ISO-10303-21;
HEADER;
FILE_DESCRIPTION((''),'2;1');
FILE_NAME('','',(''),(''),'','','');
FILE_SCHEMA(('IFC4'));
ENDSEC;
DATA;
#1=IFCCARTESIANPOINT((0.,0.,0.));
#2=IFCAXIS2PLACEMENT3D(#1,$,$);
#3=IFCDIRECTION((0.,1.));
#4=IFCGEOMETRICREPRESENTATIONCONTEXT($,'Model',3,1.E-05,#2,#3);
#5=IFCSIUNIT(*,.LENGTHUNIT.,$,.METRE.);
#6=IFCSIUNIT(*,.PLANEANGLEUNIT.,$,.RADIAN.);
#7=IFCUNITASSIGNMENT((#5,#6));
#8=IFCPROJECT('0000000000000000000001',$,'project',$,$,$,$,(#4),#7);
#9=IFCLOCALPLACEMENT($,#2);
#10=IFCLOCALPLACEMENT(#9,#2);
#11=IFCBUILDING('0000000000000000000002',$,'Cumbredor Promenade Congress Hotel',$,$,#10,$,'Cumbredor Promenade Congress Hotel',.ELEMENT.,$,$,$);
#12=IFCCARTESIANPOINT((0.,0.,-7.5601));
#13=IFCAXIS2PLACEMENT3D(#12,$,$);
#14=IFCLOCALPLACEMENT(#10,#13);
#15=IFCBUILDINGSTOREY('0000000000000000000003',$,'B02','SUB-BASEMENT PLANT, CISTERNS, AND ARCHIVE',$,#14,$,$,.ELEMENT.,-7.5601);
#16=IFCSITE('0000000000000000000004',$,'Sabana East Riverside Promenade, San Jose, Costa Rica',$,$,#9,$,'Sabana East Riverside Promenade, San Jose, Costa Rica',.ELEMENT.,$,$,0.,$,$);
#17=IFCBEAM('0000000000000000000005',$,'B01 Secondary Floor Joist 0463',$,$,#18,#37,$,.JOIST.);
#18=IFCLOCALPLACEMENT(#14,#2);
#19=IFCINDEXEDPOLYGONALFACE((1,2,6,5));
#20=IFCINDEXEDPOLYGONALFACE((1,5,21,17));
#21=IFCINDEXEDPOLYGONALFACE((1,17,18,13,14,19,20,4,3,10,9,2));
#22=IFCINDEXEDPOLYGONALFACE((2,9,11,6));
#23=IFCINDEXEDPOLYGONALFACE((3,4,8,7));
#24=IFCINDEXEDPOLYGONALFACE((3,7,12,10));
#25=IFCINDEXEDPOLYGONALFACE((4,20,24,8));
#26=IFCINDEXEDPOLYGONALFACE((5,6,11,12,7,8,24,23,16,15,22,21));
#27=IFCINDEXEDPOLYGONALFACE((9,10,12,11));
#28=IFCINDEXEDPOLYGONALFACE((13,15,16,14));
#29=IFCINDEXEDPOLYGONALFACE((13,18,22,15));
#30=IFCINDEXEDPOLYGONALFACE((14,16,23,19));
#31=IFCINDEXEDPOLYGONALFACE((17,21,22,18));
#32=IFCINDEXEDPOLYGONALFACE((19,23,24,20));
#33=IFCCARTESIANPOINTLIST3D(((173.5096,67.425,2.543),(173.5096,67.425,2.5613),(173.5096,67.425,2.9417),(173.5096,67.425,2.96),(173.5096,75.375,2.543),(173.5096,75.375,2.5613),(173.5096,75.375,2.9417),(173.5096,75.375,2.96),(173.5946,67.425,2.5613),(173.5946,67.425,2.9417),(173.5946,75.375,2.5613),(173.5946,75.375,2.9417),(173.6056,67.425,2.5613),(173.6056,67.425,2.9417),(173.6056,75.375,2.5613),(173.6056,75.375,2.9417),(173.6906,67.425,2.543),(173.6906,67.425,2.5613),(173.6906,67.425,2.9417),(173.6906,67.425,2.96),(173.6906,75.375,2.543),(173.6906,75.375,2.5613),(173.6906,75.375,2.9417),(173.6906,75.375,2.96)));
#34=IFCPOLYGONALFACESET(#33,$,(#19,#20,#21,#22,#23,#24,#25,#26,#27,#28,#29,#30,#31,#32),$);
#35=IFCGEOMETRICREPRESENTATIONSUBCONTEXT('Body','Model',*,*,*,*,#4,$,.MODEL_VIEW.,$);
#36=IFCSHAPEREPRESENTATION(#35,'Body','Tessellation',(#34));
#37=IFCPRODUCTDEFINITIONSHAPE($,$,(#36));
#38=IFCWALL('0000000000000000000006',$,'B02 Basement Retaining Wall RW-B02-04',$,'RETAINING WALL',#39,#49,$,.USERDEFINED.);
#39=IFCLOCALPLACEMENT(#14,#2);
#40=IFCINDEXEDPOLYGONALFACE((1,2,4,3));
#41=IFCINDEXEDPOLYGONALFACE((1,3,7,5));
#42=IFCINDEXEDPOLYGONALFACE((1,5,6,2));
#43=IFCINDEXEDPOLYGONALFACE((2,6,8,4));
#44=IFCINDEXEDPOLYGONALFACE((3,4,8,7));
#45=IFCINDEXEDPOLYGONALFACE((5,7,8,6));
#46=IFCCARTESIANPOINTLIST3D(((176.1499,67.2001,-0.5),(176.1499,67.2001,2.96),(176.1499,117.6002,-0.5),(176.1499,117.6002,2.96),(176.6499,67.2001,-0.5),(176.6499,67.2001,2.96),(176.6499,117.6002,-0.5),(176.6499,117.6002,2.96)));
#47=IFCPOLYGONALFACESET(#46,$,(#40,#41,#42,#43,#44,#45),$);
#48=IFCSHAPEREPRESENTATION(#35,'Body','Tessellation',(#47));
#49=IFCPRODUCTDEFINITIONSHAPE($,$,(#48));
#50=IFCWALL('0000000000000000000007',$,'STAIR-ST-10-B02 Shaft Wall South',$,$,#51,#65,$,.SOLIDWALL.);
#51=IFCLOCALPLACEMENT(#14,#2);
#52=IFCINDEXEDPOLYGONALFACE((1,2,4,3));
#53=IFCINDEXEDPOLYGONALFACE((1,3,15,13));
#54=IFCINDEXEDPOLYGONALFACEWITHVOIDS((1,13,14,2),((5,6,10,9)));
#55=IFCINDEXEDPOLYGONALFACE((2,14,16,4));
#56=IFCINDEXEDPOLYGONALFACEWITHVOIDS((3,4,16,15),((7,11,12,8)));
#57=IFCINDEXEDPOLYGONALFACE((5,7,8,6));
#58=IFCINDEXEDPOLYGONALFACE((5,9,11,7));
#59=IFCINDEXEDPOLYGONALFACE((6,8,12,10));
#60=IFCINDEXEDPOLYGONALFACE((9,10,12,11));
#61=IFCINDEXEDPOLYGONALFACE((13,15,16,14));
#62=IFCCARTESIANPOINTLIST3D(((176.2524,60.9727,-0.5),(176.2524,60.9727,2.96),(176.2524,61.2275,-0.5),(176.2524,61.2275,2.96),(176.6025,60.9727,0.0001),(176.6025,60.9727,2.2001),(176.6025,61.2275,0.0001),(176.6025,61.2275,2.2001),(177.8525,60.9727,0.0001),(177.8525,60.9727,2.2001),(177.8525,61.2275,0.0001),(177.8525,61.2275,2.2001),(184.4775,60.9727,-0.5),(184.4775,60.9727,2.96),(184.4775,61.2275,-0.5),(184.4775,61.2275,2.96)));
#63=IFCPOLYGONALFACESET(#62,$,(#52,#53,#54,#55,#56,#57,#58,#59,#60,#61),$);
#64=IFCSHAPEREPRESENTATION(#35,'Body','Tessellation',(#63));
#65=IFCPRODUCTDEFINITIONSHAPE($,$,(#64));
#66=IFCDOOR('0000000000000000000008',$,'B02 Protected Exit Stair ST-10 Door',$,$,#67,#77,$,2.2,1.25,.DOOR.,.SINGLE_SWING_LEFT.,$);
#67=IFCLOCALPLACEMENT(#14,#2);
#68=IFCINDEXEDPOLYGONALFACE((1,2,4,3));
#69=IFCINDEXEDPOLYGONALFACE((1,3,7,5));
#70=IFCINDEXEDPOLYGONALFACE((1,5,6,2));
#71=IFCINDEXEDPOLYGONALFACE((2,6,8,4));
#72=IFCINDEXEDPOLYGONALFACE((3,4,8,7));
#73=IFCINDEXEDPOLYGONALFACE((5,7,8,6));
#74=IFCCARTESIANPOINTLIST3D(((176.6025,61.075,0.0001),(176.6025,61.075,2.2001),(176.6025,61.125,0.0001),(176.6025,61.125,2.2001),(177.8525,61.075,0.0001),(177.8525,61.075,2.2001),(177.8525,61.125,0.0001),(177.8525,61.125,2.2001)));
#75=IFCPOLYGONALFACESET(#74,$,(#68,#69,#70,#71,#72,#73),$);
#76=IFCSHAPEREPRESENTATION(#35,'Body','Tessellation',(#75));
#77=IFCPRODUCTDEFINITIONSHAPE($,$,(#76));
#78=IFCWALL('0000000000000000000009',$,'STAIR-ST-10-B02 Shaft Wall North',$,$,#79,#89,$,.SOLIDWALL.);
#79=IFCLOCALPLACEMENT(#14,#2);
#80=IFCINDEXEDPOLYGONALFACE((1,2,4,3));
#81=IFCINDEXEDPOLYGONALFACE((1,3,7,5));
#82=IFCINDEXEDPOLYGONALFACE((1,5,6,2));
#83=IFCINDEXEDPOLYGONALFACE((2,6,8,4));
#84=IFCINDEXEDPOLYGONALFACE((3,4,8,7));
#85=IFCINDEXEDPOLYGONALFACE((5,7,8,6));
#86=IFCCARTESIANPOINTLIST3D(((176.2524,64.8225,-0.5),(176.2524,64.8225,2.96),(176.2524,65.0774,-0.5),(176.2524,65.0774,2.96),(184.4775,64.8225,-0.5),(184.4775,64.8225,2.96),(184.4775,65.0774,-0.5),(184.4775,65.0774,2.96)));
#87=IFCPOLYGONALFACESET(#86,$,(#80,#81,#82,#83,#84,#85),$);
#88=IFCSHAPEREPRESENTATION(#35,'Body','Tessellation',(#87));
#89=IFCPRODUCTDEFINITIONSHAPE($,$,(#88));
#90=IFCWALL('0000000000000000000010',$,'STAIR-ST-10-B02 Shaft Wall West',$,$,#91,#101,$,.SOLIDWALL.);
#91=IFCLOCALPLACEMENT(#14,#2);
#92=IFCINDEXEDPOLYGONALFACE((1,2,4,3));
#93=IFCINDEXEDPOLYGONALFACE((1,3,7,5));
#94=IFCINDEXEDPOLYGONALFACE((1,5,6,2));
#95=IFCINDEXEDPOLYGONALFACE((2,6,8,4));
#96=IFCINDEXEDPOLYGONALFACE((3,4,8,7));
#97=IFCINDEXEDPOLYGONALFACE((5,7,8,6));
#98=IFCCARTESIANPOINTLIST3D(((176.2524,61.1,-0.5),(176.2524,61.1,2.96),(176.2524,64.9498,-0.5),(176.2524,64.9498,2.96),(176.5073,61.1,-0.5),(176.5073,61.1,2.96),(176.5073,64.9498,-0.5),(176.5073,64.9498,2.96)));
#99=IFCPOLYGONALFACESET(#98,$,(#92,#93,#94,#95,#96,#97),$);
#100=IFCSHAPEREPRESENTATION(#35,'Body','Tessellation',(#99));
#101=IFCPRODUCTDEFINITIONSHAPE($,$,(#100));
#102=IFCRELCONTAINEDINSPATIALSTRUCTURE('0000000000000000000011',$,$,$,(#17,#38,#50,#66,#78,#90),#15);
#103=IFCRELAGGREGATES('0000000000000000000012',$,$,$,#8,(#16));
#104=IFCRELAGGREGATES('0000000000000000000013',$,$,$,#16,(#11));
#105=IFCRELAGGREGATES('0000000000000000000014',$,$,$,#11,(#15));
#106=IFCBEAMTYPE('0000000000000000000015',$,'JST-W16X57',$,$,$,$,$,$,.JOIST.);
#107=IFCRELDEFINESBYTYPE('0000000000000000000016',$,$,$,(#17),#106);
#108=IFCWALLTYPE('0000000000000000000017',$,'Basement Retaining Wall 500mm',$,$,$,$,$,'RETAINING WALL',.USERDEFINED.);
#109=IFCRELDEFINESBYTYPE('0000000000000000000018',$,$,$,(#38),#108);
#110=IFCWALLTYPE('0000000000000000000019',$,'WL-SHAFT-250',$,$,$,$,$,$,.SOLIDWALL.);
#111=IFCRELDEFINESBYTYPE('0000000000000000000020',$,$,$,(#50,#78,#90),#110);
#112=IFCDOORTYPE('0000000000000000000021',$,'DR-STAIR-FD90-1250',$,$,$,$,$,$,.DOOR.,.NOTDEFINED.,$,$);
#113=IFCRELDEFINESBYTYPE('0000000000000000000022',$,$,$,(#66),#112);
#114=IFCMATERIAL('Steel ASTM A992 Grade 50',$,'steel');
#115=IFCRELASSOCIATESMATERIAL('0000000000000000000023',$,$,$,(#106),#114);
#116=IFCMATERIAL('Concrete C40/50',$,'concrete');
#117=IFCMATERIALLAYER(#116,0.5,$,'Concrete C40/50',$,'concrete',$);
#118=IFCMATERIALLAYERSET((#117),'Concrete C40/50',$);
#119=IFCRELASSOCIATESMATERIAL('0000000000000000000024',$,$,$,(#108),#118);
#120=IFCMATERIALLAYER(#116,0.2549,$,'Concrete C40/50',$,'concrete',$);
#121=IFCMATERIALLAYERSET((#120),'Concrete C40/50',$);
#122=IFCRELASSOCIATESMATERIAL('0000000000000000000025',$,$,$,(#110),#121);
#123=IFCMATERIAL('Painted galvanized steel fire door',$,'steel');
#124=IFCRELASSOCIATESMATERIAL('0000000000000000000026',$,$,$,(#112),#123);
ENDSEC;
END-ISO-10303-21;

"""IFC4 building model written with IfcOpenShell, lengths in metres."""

from ifc_helpers import new_model, si_unit, direction, frame, frame_2d, origin, origin_2d, place, context, subcontext, project, spatial, rectangle, i_section, extrude, material, layer, layer_set, material_profile, profile_set, type_object, element, fill, save


model = new_model("IFC4")

# Units and contexts
model_context = context("Model", 3, precision=1e-05, world=origin(), true_north=direction((0.0, 1.0)))
body_context = subcontext(model_context, "Body", "Model", "MODEL_VIEW")
ifc_project = project(units=[si_unit("LENGTHUNIT", "METRE"), si_unit("PLANEANGLEUNIT", "RADIAN")], contexts=[model_context])

# Site, building, storey
site_placement = place(None, origin())
site = spatial("IfcSite", under=ifc_project, at=site_placement, Name="Sabana East Riverside Promenade, San Jose, Costa Rica", LongName="Sabana East Riverside Promenade, San Jose, Costa Rica", CompositionType="ELEMENT", RefElevation=0.0)
building_placement = place(site_placement, origin())
building = spatial("IfcBuilding", under=site, at=building_placement, Name="Cumbredor Promenade Congress Hotel", LongName="Cumbredor Promenade Congress Hotel", CompositionType="ELEMENT")
storey_placement = place(building_placement, frame((0.0, 0.0, -7.5601)))
storey = spatial("IfcBuildingStorey", under=building, at=storey_placement, Name="B02", Description="SUB-BASEMENT PLANT, CISTERNS, AND ARCHIVE", CompositionType="ELEMENT", Elevation=-7.5601)

# Shared definitions
ifc_material_1 = material(Name="Concrete C40/50", Category="concrete")

# Beam
ifc_material_2 = material(Name="Steel ASTM A992 Grade 50", Category="steel")
ifc_material_profile_1 = material_profile(ifc_material_2, i_section(OverallWidth=0.1809, OverallDepth=0.417, WebThickness=0.011, FlangeThickness=0.0183, at=origin_2d()), Name="W16X57")
ifc_profile_set_1 = profile_set([ifc_material_profile_1], Name="Steel ASTM A992 Grade 50")
beam_type_1 = type_object("IfcBeamType", Name="JST-W16X57", PredefinedType="JOIST", material=ifc_profile_set_1)
for number, where, z_axis, x_axis, name in (
    (1, (173.6001, 67.425, 2.7515), (0.0, 1.0, 0.0), (-1.0, 0.0, 0.0), "B01 Secondary Floor Joist 0463"),
):
    element("IfcBeam", number, at=place(storey_placement, frame(where, z_axis=z_axis, x_axis=x_axis)), inside=storey, type_object=beam_type_1, Name=name, PredefinedType="JOIST", context=body_context, shape_type="SweptSolid", body=[
        extrude(i_section(OverallWidth=0.1809, OverallDepth=0.417, WebThickness=0.011, FlangeThickness=0.0183, at=origin_2d()), origin(), (0.0, 0.0, 1.0), 7.95),
    ])

# Wall
ifc_layer_1 = layer(ifc_material_1, 0.5, Name="Concrete C40/50", Category="concrete")
ifc_layer_set_1 = layer_set([ifc_layer_1], Name="Concrete C40/50")
wall_type_1 = type_object("IfcWallType", Name="Basement Retaining Wall 500mm", ElementType="RETAINING WALL", PredefinedType="USERDEFINED", material=ifc_layer_set_1)
wall_1_placement = place(storey_placement, frame((176.3999, 67.2, -0.5), z_axis=(0.0, 0.0, 1.0), x_axis=(0.0, 1.0, 0.0)))
element("IfcWall", 2, at=wall_1_placement, inside=storey, type_object=wall_type_1, Name="B02 Basement Retaining Wall RW-B02-04", ObjectType="RETAINING WALL", PredefinedType="USERDEFINED", context=body_context, shape_type="SweptSolid", body=[
    extrude(rectangle(XDim=50.4001, YDim=0.5, at=frame_2d((25.2002, 0.0))), origin(), (0.0, 0.0, 1.0), 3.46),
])

# Wall, opening, door
ifc_layer_2 = layer(ifc_material_1, 0.2549, Name="Concrete C40/50", Category="concrete")
ifc_layer_set_2 = layer_set([ifc_layer_2], Name="Concrete C40/50")
wall_type_2 = type_object("IfcWallType", Name="WL-SHAFT-250", PredefinedType="SOLIDWALL", material=ifc_layer_set_2)
wall_2_placement = place(storey_placement, frame((176.2524, 61.1001, -0.5), z_axis=(0.0, 0.0, 1.0), x_axis=(1.0, 0.0, 0.0)))
wall_2 = element("IfcWall", 3, at=wall_2_placement, inside=storey, type_object=wall_type_2, Name="STAIR-ST-10-B02 Shaft Wall South", PredefinedType="SOLIDWALL", context=body_context, shape_type="SweptSolid", body=[
    extrude(rectangle(XDim=8.2251, YDim=0.2549, at=frame_2d((4.1125, 0.0))), origin(), (0.0, 0.0, 1.0), 3.46),
])
opening_placement = place(wall_2_placement, frame((0.3501, 0.0, 0.5)))
opening = element("IfcOpeningElement", 4, at=opening_placement, cuts=wall_2, PredefinedType="OPENING", context=body_context, shape_type="SweptSolid", body=[
    extrude(rectangle(XDim=1.25, YDim=2.2, at=frame_2d((0.625, 1.1001))), frame((0.0, 0.1375, 0.0), z_axis=(0.0, -1.0, 0.0), x_axis=(1.0, 0.0, 0.0)), (0.0, 0.0, 1.0), 0.2749),
])
ifc_material_3 = material(Name="Painted galvanized steel fire door", Category="steel")
door_type = type_object("IfcDoorType", Name="DR-STAIR-FD90-1250", OperationType="NOTDEFINED", PredefinedType="DOOR", material=ifc_material_3)
door_placement = place(opening_placement, origin())
door = element("IfcDoor", 5, at=door_placement, inside=storey, type_object=door_type, Name="B02 Protected Exit Stair ST-10 Door", OperationType="SINGLE_SWING_LEFT", OverallHeight=2.2, OverallWidth=1.25, PredefinedType="DOOR", context=body_context, shape_type="SweptSolid", body=[
    extrude(rectangle(XDim=1.25, YDim=2.2, at=frame_2d((0.625, 1.1001))), frame((0.0, 0.0249, 0.0), z_axis=(0.0, -1.0, 0.0), x_axis=(1.0, 0.0, 0.0)), (0.0, 0.0, 1.0), 0.05),
])
fill(opening, door)

# Walls
wall_3_placement = place(storey_placement, frame((176.2524, 64.95, -0.5), z_axis=(0.0, 0.0, 1.0), x_axis=(1.0, 0.0, 0.0)))
element("IfcWall", 6, at=wall_3_placement, inside=storey, type_object=wall_type_2, Name="STAIR-ST-10-B02 Shaft Wall North", PredefinedType="SOLIDWALL", context=body_context, shape_type="SweptSolid", body=[
    extrude(rectangle(XDim=8.2251, YDim=0.2549, at=frame_2d((4.1125, 0.0))), origin(), (0.0, 0.0, 1.0), 3.46),
])
wall_4_placement = place(storey_placement, frame((176.3799, 61.1001, -0.5), z_axis=(0.0, 0.0, 1.0), x_axis=(0.0, 1.0, 0.0)))
element("IfcWall", 7, at=wall_4_placement, inside=storey, type_object=wall_type_2, Name="STAIR-ST-10-B02 Shaft Wall West", PredefinedType="SOLIDWALL", context=body_context, shape_type="SweptSolid", body=[
    extrude(rectangle(XDim=3.8499, YDim=0.2549, at=frame_2d((1.9248, 0.0))), origin(), (0.0, 0.0, 1.0), 3.46),
])

save(model, "model.ifc")
